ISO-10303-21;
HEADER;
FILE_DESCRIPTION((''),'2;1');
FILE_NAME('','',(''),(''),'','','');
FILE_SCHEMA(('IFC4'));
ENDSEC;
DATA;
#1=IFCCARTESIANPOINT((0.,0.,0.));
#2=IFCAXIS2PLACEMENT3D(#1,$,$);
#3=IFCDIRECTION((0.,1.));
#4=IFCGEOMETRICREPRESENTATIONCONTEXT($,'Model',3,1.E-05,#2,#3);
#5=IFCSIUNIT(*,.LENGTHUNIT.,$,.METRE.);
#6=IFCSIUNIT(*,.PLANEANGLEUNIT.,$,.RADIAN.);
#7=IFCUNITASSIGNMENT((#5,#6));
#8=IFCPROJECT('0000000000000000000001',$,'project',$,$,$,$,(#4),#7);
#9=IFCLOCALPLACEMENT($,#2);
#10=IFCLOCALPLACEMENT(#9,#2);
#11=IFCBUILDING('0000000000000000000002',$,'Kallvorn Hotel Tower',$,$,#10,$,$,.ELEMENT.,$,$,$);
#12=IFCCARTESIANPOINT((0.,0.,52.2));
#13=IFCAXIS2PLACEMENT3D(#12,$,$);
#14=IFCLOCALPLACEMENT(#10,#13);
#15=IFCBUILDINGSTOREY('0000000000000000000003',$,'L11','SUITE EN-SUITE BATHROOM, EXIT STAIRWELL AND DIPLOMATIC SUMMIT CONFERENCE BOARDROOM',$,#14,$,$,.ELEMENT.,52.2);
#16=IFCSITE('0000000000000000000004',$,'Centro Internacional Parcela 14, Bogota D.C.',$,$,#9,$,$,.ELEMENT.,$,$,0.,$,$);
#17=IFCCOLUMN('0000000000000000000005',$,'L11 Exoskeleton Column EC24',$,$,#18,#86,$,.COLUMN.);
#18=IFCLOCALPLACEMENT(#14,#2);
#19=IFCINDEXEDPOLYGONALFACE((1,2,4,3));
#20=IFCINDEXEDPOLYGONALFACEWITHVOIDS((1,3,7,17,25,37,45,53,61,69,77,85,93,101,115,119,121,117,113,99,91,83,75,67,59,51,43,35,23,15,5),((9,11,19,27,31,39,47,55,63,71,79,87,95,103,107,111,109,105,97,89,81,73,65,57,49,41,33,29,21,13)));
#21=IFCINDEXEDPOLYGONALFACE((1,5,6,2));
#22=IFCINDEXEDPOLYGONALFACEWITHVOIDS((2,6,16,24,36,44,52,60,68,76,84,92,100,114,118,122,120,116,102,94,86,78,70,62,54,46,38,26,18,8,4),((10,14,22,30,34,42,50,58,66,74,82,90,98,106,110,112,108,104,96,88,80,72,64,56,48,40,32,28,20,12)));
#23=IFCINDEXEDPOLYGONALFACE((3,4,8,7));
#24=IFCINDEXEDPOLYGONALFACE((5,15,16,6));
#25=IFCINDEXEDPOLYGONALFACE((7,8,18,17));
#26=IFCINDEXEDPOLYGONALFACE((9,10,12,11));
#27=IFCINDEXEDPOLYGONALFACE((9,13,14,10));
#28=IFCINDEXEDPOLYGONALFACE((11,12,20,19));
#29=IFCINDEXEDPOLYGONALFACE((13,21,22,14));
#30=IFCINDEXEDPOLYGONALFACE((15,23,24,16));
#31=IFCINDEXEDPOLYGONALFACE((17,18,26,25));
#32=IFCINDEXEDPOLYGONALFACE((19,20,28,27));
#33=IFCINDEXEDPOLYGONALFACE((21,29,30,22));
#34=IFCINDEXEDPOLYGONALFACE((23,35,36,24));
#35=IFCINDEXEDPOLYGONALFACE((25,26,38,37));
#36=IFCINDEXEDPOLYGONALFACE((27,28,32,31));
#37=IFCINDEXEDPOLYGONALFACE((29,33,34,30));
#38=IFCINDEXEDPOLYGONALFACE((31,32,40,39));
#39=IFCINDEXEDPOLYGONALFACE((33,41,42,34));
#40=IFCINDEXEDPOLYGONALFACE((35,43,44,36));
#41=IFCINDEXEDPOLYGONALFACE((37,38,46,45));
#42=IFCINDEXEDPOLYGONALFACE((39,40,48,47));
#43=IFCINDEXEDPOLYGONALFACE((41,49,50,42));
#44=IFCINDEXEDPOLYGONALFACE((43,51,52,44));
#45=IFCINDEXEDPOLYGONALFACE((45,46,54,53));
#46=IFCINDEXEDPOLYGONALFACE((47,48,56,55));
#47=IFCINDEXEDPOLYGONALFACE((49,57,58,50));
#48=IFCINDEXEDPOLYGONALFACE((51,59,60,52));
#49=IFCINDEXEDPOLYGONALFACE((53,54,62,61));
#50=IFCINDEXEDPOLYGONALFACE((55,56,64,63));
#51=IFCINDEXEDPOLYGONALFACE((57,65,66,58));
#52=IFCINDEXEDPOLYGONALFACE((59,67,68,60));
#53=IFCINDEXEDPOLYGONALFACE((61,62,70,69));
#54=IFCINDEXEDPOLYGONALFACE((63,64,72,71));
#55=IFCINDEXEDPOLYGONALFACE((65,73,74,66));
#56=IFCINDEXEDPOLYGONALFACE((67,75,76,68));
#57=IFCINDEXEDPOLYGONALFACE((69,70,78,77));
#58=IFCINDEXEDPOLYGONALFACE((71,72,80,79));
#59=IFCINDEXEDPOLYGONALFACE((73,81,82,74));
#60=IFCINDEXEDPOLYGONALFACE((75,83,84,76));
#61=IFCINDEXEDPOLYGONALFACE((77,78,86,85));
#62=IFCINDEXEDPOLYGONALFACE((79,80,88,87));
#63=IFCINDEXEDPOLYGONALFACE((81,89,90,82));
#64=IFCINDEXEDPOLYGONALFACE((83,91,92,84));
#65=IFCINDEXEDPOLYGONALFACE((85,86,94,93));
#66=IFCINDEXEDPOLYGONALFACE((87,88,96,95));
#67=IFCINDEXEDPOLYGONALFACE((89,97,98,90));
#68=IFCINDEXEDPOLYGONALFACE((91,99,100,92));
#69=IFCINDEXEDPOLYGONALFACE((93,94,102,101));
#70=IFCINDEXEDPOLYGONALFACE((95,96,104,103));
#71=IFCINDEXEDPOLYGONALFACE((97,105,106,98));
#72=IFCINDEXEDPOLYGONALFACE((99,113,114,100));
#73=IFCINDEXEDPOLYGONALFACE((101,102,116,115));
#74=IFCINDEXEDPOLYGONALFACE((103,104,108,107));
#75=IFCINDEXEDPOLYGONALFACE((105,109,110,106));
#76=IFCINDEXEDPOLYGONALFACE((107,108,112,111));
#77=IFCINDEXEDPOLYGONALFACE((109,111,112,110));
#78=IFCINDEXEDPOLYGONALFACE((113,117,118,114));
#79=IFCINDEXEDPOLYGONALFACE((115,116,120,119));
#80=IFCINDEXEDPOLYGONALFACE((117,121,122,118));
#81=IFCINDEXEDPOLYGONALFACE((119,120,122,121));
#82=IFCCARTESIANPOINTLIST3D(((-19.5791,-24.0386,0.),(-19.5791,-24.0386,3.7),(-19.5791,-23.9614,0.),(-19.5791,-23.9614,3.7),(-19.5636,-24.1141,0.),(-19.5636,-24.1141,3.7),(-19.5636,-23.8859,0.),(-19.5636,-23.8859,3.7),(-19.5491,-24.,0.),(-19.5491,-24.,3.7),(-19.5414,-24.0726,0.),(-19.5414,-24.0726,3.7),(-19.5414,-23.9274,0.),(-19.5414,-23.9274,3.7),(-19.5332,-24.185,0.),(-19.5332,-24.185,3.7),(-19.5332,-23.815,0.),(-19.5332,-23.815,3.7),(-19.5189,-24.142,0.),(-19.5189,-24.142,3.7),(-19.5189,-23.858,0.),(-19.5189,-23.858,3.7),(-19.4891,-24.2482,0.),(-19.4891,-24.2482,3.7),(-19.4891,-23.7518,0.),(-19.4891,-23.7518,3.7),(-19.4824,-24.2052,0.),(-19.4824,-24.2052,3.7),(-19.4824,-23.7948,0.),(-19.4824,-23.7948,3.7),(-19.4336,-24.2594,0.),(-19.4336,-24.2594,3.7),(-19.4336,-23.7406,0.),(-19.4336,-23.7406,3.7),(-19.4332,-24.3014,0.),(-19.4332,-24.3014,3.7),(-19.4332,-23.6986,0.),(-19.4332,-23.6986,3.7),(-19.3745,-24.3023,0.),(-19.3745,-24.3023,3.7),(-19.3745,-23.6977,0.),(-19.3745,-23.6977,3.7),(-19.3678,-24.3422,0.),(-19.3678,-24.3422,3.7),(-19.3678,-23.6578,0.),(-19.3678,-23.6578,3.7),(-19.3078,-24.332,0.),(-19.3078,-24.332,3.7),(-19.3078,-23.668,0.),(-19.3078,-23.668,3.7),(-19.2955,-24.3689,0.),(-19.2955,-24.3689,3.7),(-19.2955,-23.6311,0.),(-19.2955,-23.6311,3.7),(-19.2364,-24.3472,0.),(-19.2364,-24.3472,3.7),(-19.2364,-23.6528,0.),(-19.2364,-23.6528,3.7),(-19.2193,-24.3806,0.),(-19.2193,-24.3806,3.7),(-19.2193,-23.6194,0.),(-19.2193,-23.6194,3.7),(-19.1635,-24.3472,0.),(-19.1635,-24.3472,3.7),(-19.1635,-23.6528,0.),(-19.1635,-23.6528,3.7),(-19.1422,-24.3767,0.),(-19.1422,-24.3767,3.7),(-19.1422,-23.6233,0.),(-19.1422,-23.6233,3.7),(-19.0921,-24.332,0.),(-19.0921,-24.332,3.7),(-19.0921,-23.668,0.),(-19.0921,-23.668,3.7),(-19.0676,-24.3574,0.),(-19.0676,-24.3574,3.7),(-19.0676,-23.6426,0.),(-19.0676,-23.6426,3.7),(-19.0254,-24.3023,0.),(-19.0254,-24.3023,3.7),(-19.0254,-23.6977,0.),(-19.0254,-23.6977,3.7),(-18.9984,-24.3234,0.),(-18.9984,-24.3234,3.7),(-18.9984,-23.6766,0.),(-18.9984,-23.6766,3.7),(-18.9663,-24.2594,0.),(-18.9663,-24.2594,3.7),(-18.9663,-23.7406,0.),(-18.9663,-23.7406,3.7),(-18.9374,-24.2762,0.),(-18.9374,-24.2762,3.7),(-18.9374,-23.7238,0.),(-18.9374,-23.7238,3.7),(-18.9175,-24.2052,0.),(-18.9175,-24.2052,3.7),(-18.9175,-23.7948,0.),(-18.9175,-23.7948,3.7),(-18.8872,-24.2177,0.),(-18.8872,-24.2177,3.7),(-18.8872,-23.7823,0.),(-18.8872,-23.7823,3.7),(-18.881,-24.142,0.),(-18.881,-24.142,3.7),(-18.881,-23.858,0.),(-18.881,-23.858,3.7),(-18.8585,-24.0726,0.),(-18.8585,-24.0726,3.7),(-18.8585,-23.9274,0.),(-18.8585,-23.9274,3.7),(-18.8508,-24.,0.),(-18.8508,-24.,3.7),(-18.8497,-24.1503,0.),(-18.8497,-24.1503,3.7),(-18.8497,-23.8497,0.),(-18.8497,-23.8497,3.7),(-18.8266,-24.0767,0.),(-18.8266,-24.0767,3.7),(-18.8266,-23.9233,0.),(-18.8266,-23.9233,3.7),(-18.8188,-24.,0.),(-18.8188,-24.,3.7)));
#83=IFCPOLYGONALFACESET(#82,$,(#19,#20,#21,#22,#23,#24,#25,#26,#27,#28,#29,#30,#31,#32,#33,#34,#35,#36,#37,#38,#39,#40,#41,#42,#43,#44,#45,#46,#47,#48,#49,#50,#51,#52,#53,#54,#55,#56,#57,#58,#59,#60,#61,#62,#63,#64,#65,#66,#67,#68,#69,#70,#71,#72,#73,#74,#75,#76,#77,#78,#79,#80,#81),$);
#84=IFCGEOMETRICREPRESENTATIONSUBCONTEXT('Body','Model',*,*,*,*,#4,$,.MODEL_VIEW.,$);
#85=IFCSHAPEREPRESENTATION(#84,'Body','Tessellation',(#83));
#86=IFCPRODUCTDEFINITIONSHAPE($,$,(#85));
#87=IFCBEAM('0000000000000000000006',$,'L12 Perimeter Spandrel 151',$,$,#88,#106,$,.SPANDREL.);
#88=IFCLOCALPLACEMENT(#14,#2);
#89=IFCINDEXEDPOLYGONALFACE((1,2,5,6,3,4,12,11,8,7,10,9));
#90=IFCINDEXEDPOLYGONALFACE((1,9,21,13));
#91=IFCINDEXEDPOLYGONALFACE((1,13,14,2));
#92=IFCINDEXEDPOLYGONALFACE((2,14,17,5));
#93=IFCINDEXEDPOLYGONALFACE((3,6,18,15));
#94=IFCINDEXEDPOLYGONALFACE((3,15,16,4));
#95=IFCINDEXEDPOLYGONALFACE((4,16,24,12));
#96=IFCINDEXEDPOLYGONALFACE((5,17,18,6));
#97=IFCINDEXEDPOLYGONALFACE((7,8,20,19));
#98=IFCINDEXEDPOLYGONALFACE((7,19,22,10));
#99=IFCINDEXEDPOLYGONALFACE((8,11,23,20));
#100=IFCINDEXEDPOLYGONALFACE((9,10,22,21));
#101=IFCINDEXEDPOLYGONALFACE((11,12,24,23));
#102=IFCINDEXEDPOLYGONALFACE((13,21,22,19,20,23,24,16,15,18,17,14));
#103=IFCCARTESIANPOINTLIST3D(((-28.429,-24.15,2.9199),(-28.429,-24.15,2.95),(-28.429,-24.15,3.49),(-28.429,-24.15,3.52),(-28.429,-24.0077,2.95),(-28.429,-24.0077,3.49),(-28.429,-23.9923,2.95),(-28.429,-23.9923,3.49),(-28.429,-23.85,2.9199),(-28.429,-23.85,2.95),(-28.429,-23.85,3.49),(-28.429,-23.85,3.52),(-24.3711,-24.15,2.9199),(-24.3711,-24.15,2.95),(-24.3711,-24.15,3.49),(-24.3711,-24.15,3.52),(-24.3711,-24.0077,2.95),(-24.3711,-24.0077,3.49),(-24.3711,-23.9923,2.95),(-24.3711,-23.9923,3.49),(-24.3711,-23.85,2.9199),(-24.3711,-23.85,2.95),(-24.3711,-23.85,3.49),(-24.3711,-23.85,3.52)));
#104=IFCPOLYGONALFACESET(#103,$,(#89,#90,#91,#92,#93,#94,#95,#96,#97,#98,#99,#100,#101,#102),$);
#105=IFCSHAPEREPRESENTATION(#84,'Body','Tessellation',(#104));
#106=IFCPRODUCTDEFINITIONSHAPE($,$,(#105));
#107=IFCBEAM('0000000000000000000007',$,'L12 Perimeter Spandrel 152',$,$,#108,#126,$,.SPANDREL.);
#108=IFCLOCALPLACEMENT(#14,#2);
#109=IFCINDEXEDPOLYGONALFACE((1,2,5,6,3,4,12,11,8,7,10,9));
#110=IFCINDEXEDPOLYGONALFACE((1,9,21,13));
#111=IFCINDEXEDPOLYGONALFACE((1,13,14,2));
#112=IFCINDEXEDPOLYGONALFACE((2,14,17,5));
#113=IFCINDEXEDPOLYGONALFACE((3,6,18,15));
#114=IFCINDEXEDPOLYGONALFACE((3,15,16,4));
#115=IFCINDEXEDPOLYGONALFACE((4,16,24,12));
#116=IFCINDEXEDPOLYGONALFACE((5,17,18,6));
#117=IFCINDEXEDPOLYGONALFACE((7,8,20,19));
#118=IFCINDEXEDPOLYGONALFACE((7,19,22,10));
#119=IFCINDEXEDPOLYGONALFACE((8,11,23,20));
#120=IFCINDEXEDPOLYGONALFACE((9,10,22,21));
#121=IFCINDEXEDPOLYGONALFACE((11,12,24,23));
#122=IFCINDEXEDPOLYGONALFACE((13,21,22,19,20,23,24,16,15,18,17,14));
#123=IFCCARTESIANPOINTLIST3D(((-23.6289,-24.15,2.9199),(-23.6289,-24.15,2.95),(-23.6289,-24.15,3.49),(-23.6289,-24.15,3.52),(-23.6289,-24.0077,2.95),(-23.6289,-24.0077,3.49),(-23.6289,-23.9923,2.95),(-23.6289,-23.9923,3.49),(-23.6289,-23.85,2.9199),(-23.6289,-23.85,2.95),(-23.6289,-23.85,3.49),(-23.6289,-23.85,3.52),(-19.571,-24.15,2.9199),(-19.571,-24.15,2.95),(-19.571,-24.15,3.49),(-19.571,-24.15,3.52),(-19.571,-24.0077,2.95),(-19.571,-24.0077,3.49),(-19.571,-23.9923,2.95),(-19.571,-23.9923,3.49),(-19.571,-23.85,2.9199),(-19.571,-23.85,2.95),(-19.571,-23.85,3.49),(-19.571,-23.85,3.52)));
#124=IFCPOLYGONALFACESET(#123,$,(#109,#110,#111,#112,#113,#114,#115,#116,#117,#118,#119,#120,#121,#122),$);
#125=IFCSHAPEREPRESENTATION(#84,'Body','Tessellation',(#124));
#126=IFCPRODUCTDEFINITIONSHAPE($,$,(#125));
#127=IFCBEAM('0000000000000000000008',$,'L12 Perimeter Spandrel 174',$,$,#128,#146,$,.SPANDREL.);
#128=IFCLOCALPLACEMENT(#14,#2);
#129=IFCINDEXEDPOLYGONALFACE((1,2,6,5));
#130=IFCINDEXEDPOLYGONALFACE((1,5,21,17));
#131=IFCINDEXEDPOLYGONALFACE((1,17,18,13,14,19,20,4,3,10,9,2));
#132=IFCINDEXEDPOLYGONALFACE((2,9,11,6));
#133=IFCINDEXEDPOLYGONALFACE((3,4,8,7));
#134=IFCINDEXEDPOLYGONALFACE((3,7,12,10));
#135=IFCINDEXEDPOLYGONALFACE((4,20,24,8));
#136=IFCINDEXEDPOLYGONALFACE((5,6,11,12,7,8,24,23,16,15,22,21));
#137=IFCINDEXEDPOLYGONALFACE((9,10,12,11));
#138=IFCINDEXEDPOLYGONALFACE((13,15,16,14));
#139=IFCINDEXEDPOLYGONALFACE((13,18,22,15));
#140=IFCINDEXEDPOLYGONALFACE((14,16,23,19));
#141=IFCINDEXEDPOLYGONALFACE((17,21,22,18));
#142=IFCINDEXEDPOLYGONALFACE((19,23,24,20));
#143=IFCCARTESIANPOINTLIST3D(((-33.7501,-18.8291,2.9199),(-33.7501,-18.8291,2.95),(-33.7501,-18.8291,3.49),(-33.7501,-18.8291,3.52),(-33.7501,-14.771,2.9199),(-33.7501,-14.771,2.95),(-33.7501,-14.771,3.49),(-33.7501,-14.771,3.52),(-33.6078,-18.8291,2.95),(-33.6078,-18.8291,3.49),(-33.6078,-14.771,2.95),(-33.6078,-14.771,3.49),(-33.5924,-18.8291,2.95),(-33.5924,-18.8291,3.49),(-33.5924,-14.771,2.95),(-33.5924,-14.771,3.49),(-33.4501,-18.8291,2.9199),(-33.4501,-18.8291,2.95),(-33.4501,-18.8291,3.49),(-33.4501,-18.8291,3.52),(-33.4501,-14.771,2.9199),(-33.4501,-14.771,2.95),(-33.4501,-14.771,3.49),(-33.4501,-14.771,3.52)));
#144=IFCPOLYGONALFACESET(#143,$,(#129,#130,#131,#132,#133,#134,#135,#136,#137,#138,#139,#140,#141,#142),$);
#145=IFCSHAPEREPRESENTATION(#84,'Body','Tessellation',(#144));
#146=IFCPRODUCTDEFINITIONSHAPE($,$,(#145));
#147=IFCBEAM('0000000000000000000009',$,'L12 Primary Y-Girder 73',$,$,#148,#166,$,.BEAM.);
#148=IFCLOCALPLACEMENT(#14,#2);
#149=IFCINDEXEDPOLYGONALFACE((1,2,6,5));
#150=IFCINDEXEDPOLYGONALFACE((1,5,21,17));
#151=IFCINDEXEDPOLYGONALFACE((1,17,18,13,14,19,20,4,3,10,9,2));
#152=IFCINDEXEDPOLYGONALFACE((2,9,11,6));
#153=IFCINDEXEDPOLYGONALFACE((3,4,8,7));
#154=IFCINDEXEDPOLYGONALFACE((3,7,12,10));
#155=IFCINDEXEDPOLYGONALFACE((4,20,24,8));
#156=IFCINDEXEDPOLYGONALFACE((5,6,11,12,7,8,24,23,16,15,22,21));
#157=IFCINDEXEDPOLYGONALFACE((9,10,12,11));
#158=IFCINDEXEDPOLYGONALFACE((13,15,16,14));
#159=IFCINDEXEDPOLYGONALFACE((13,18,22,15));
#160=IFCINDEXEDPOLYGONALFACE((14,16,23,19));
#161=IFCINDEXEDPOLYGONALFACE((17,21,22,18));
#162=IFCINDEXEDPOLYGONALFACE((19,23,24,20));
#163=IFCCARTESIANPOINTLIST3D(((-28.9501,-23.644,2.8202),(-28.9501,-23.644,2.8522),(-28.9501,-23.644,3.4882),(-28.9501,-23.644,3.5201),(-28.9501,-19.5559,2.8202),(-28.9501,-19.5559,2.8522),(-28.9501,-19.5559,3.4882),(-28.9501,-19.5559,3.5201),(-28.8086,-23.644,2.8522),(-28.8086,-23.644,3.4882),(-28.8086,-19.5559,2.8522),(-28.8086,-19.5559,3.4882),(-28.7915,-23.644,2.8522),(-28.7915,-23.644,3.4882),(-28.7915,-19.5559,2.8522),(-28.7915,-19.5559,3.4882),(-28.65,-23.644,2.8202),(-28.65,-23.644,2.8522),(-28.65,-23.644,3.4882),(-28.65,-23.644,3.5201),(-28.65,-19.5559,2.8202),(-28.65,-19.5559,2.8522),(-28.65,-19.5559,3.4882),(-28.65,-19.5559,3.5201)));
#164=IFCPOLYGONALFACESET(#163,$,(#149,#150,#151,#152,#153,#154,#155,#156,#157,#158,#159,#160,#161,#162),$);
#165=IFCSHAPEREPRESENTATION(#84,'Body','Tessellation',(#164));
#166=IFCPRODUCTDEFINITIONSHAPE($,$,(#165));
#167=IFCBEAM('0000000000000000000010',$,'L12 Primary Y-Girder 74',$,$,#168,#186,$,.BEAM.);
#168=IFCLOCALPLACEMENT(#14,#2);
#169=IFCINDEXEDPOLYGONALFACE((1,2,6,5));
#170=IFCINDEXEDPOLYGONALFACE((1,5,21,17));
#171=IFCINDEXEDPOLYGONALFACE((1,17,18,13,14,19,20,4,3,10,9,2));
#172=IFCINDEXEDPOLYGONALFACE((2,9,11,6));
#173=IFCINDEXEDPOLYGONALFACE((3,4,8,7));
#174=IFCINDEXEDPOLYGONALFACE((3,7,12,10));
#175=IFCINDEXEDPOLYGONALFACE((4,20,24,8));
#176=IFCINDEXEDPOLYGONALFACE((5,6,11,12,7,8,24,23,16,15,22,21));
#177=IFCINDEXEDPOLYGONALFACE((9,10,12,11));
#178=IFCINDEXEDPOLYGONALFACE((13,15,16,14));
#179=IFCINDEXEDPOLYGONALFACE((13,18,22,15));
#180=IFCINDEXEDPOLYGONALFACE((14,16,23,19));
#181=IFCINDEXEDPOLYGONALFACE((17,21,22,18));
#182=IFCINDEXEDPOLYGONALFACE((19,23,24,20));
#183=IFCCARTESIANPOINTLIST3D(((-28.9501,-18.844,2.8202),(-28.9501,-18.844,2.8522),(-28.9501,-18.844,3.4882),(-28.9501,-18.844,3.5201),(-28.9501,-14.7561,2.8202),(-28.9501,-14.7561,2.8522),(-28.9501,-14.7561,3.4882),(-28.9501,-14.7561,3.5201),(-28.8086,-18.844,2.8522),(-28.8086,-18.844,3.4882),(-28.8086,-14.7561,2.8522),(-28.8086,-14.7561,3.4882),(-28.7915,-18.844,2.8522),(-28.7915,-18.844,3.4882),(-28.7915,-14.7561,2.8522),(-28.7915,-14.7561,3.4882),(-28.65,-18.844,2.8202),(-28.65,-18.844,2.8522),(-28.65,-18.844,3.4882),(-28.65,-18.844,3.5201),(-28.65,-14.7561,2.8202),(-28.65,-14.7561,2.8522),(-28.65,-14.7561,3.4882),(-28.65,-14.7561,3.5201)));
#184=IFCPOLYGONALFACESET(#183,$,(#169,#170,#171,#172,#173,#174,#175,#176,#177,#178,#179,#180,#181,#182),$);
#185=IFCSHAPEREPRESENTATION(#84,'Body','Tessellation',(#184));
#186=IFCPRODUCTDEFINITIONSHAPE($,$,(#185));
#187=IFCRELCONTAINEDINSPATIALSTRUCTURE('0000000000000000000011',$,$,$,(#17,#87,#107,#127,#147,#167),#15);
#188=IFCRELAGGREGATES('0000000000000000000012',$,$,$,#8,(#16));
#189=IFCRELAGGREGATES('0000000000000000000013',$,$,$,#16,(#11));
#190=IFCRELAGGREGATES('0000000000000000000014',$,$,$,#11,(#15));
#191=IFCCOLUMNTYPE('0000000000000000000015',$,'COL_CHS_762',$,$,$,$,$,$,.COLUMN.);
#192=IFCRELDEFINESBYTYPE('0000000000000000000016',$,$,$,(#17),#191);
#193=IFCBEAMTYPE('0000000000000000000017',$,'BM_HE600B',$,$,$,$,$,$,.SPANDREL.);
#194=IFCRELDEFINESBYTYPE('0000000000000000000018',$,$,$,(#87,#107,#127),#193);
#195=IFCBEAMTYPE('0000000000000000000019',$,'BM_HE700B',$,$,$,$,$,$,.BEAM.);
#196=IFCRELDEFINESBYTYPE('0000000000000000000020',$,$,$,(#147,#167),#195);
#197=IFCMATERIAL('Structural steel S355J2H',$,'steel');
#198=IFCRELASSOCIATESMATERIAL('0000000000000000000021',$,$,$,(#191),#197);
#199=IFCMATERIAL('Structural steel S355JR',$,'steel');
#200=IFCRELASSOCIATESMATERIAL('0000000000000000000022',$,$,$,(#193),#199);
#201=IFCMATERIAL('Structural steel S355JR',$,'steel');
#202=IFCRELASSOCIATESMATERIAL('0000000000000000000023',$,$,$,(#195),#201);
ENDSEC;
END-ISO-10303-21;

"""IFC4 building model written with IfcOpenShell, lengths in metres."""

from ifc_helpers import new_model, si_unit, direction, frame, origin, origin_2d, place, context, subcontext, project, spatial, hollow_circle, i_section, extrude, material, material_profile, profile_set, type_object, element, save


model = new_model("IFC4")

# Units and contexts
model_context = context("Model", 3, precision=1e-05, world=origin(), true_north=direction((0.0, 1.0)))
body_context = subcontext(model_context, "Body", "Model", "MODEL_VIEW")
ifc_project = project(units=[si_unit("LENGTHUNIT", "METRE"), si_unit("PLANEANGLEUNIT", "RADIAN")], contexts=[model_context])

# Site, building, storey
site_placement = place(None, origin())
site = spatial("IfcSite", under=ifc_project, at=site_placement, Name="Centro Internacional Parcela 14, Bogota D.C.", CompositionType="ELEMENT", RefElevation=0.0)
building_placement = place(site_placement, origin())
building = spatial("IfcBuilding", under=site, at=building_placement, Name="Kallvorn Hotel Tower", CompositionType="ELEMENT")
storey_placement = place(building_placement, frame((0.0, 0.0, 52.2)))
storey = spatial("IfcBuildingStorey", under=building, at=storey_placement, Name="L11", Description="SUITE EN-SUITE BATHROOM, EXIT STAIRWELL AND DIPLOMATIC SUMMIT CONFERENCE BOARDROOM", CompositionType="ELEMENT", Elevation=52.2)

# Column
ifc_material_1 = material(Name="Structural steel S355J2H", Category="steel")
ifc_material_profile_1 = material_profile(ifc_material_1, hollow_circle(Radius=0.3811, WallThickness=0.032, at=origin_2d()), Name="CHS 762x32")
ifc_profile_set_1 = profile_set([ifc_material_profile_1], Name="Structural steel S355J2H")
column_type = type_object("IfcColumnType", Name="COL_CHS_762", PredefinedType="COLUMN", material=ifc_profile_set_1)
for number, where, z_axis, x_axis, name in (
    (1, (-19.2, -24.0, 0.0), (0.0, 0.0, 1.0), (1.0, 0.0, 0.0), "L11 Exoskeleton Column EC24"),
):
    element("IfcColumn", number, at=place(storey_placement, frame(where, z_axis=z_axis, x_axis=x_axis)), inside=storey, type_object=column_type, Name=name, PredefinedType="COLUMN", context=body_context, shape_type="SweptSolid", body=[
        extrude(hollow_circle(Radius=0.3811, WallThickness=0.032, at=origin_2d()), origin(), (0.0, 0.0, 1.0), 3.7),
    ])

# Beams
ifc_material_2 = material(Name="Structural steel S355JR", Category="steel")
ifc_material_profile_2 = material_profile(ifc_material_2, i_section(OverallWidth=0.3, OverallDepth=0.6001, WebThickness=0.0154, FlangeThickness=0.03, at=origin_2d()), Name="HE 600 B")
ifc_profile_set_2 = profile_set([ifc_material_profile_2], Name="Structural steel S355JR")
beam_type_1 = type_object("IfcBeamType", Name="BM_HE600B", PredefinedType="SPANDREL", material=ifc_profile_set_2)
for number, where, z_axis, x_axis, name in (
    (2, (-28.429, -24.0, 3.22), (1.0, 0.0, 0.0), (0.0, 1.0, 0.0), "L12 Perimeter Spandrel 151"),
    (3, (-23.6289, -24.0, 3.22), (1.0, 0.0, 0.0), (0.0, 1.0, 0.0), "L12 Perimeter Spandrel 152"),
):
    element("IfcBeam", number, at=place(storey_placement, frame(where, z_axis=z_axis, x_axis=x_axis)), inside=storey, type_object=beam_type_1, Name=name, PredefinedType="SPANDREL", context=body_context, shape_type="SweptSolid", body=[
        extrude(i_section(OverallWidth=0.3, OverallDepth=0.6001, WebThickness=0.0154, FlangeThickness=0.03, at=origin_2d()), origin(), (0.0, 0.0, 1.0), 4.0579),
    ])
beam_1_placement = place(storey_placement, frame((-33.6001, -18.8291, 3.22), z_axis=(0.0, 1.0, 0.0), x_axis=(-1.0, 0.0, 0.0)))
element("IfcBeam", 4, at=beam_1_placement, inside=storey, type_object=beam_type_1, Name="L12 Perimeter Spandrel 174", PredefinedType="SPANDREL", context=body_context, shape_type="SweptSolid", body=[
    extrude(i_section(OverallWidth=0.3, OverallDepth=0.6001, WebThickness=0.0154, FlangeThickness=0.03, at=origin_2d()), origin(), (0.0, 0.0, 1.0), 4.0581),
])
ifc_material_3 = material(Name="Structural steel S355JR", Category="steel")
ifc_material_profile_3 = material_profile(ifc_material_3, i_section(OverallWidth=0.3, OverallDepth=0.7, WebThickness=0.0171, FlangeThickness=0.032, at=origin_2d()), Name="HE 700 B")
ifc_profile_set_3 = profile_set([ifc_material_profile_3], Name="Structural steel S355JR")
beam_type_2 = type_object("IfcBeamType", Name="BM_HE700B", PredefinedType="BEAM", material=ifc_profile_set_3)
beam_2_placement = place(storey_placement, frame((-28.8, -23.644, 3.1702), z_axis=(0.0, 1.0, 0.0), x_axis=(-1.0, 0.0, 0.0)))
element("IfcBeam", 5, at=beam_2_placement, inside=storey, type_object=beam_type_2, Name="L12 Primary Y-Girder 73", PredefinedType="BEAM", context=body_context, shape_type="SweptSolid", body=[
    extrude(i_section(OverallWidth=0.3, OverallDepth=0.7, WebThickness=0.0171, FlangeThickness=0.032, at=origin_2d()), origin(), (0.0, 0.0, 1.0), 4.0881),
])
beam_3_placement = place(storey_placement, frame((-28.8, -18.844, 3.1702), z_axis=(0.0, 1.0, 0.0), x_axis=(-1.0, 0.0, 0.0)))
element("IfcBeam", 6, at=beam_3_placement, inside=storey, type_object=beam_type_2, Name="L12 Primary Y-Girder 74", PredefinedType="BEAM", context=body_context, shape_type="SweptSolid", body=[
    extrude(i_section(OverallWidth=0.3, OverallDepth=0.7, WebThickness=0.0171, FlangeThickness=0.032, at=origin_2d()), origin(), (0.0, 0.0, 1.0), 4.0879),
])

save(model, "model.ifc")
